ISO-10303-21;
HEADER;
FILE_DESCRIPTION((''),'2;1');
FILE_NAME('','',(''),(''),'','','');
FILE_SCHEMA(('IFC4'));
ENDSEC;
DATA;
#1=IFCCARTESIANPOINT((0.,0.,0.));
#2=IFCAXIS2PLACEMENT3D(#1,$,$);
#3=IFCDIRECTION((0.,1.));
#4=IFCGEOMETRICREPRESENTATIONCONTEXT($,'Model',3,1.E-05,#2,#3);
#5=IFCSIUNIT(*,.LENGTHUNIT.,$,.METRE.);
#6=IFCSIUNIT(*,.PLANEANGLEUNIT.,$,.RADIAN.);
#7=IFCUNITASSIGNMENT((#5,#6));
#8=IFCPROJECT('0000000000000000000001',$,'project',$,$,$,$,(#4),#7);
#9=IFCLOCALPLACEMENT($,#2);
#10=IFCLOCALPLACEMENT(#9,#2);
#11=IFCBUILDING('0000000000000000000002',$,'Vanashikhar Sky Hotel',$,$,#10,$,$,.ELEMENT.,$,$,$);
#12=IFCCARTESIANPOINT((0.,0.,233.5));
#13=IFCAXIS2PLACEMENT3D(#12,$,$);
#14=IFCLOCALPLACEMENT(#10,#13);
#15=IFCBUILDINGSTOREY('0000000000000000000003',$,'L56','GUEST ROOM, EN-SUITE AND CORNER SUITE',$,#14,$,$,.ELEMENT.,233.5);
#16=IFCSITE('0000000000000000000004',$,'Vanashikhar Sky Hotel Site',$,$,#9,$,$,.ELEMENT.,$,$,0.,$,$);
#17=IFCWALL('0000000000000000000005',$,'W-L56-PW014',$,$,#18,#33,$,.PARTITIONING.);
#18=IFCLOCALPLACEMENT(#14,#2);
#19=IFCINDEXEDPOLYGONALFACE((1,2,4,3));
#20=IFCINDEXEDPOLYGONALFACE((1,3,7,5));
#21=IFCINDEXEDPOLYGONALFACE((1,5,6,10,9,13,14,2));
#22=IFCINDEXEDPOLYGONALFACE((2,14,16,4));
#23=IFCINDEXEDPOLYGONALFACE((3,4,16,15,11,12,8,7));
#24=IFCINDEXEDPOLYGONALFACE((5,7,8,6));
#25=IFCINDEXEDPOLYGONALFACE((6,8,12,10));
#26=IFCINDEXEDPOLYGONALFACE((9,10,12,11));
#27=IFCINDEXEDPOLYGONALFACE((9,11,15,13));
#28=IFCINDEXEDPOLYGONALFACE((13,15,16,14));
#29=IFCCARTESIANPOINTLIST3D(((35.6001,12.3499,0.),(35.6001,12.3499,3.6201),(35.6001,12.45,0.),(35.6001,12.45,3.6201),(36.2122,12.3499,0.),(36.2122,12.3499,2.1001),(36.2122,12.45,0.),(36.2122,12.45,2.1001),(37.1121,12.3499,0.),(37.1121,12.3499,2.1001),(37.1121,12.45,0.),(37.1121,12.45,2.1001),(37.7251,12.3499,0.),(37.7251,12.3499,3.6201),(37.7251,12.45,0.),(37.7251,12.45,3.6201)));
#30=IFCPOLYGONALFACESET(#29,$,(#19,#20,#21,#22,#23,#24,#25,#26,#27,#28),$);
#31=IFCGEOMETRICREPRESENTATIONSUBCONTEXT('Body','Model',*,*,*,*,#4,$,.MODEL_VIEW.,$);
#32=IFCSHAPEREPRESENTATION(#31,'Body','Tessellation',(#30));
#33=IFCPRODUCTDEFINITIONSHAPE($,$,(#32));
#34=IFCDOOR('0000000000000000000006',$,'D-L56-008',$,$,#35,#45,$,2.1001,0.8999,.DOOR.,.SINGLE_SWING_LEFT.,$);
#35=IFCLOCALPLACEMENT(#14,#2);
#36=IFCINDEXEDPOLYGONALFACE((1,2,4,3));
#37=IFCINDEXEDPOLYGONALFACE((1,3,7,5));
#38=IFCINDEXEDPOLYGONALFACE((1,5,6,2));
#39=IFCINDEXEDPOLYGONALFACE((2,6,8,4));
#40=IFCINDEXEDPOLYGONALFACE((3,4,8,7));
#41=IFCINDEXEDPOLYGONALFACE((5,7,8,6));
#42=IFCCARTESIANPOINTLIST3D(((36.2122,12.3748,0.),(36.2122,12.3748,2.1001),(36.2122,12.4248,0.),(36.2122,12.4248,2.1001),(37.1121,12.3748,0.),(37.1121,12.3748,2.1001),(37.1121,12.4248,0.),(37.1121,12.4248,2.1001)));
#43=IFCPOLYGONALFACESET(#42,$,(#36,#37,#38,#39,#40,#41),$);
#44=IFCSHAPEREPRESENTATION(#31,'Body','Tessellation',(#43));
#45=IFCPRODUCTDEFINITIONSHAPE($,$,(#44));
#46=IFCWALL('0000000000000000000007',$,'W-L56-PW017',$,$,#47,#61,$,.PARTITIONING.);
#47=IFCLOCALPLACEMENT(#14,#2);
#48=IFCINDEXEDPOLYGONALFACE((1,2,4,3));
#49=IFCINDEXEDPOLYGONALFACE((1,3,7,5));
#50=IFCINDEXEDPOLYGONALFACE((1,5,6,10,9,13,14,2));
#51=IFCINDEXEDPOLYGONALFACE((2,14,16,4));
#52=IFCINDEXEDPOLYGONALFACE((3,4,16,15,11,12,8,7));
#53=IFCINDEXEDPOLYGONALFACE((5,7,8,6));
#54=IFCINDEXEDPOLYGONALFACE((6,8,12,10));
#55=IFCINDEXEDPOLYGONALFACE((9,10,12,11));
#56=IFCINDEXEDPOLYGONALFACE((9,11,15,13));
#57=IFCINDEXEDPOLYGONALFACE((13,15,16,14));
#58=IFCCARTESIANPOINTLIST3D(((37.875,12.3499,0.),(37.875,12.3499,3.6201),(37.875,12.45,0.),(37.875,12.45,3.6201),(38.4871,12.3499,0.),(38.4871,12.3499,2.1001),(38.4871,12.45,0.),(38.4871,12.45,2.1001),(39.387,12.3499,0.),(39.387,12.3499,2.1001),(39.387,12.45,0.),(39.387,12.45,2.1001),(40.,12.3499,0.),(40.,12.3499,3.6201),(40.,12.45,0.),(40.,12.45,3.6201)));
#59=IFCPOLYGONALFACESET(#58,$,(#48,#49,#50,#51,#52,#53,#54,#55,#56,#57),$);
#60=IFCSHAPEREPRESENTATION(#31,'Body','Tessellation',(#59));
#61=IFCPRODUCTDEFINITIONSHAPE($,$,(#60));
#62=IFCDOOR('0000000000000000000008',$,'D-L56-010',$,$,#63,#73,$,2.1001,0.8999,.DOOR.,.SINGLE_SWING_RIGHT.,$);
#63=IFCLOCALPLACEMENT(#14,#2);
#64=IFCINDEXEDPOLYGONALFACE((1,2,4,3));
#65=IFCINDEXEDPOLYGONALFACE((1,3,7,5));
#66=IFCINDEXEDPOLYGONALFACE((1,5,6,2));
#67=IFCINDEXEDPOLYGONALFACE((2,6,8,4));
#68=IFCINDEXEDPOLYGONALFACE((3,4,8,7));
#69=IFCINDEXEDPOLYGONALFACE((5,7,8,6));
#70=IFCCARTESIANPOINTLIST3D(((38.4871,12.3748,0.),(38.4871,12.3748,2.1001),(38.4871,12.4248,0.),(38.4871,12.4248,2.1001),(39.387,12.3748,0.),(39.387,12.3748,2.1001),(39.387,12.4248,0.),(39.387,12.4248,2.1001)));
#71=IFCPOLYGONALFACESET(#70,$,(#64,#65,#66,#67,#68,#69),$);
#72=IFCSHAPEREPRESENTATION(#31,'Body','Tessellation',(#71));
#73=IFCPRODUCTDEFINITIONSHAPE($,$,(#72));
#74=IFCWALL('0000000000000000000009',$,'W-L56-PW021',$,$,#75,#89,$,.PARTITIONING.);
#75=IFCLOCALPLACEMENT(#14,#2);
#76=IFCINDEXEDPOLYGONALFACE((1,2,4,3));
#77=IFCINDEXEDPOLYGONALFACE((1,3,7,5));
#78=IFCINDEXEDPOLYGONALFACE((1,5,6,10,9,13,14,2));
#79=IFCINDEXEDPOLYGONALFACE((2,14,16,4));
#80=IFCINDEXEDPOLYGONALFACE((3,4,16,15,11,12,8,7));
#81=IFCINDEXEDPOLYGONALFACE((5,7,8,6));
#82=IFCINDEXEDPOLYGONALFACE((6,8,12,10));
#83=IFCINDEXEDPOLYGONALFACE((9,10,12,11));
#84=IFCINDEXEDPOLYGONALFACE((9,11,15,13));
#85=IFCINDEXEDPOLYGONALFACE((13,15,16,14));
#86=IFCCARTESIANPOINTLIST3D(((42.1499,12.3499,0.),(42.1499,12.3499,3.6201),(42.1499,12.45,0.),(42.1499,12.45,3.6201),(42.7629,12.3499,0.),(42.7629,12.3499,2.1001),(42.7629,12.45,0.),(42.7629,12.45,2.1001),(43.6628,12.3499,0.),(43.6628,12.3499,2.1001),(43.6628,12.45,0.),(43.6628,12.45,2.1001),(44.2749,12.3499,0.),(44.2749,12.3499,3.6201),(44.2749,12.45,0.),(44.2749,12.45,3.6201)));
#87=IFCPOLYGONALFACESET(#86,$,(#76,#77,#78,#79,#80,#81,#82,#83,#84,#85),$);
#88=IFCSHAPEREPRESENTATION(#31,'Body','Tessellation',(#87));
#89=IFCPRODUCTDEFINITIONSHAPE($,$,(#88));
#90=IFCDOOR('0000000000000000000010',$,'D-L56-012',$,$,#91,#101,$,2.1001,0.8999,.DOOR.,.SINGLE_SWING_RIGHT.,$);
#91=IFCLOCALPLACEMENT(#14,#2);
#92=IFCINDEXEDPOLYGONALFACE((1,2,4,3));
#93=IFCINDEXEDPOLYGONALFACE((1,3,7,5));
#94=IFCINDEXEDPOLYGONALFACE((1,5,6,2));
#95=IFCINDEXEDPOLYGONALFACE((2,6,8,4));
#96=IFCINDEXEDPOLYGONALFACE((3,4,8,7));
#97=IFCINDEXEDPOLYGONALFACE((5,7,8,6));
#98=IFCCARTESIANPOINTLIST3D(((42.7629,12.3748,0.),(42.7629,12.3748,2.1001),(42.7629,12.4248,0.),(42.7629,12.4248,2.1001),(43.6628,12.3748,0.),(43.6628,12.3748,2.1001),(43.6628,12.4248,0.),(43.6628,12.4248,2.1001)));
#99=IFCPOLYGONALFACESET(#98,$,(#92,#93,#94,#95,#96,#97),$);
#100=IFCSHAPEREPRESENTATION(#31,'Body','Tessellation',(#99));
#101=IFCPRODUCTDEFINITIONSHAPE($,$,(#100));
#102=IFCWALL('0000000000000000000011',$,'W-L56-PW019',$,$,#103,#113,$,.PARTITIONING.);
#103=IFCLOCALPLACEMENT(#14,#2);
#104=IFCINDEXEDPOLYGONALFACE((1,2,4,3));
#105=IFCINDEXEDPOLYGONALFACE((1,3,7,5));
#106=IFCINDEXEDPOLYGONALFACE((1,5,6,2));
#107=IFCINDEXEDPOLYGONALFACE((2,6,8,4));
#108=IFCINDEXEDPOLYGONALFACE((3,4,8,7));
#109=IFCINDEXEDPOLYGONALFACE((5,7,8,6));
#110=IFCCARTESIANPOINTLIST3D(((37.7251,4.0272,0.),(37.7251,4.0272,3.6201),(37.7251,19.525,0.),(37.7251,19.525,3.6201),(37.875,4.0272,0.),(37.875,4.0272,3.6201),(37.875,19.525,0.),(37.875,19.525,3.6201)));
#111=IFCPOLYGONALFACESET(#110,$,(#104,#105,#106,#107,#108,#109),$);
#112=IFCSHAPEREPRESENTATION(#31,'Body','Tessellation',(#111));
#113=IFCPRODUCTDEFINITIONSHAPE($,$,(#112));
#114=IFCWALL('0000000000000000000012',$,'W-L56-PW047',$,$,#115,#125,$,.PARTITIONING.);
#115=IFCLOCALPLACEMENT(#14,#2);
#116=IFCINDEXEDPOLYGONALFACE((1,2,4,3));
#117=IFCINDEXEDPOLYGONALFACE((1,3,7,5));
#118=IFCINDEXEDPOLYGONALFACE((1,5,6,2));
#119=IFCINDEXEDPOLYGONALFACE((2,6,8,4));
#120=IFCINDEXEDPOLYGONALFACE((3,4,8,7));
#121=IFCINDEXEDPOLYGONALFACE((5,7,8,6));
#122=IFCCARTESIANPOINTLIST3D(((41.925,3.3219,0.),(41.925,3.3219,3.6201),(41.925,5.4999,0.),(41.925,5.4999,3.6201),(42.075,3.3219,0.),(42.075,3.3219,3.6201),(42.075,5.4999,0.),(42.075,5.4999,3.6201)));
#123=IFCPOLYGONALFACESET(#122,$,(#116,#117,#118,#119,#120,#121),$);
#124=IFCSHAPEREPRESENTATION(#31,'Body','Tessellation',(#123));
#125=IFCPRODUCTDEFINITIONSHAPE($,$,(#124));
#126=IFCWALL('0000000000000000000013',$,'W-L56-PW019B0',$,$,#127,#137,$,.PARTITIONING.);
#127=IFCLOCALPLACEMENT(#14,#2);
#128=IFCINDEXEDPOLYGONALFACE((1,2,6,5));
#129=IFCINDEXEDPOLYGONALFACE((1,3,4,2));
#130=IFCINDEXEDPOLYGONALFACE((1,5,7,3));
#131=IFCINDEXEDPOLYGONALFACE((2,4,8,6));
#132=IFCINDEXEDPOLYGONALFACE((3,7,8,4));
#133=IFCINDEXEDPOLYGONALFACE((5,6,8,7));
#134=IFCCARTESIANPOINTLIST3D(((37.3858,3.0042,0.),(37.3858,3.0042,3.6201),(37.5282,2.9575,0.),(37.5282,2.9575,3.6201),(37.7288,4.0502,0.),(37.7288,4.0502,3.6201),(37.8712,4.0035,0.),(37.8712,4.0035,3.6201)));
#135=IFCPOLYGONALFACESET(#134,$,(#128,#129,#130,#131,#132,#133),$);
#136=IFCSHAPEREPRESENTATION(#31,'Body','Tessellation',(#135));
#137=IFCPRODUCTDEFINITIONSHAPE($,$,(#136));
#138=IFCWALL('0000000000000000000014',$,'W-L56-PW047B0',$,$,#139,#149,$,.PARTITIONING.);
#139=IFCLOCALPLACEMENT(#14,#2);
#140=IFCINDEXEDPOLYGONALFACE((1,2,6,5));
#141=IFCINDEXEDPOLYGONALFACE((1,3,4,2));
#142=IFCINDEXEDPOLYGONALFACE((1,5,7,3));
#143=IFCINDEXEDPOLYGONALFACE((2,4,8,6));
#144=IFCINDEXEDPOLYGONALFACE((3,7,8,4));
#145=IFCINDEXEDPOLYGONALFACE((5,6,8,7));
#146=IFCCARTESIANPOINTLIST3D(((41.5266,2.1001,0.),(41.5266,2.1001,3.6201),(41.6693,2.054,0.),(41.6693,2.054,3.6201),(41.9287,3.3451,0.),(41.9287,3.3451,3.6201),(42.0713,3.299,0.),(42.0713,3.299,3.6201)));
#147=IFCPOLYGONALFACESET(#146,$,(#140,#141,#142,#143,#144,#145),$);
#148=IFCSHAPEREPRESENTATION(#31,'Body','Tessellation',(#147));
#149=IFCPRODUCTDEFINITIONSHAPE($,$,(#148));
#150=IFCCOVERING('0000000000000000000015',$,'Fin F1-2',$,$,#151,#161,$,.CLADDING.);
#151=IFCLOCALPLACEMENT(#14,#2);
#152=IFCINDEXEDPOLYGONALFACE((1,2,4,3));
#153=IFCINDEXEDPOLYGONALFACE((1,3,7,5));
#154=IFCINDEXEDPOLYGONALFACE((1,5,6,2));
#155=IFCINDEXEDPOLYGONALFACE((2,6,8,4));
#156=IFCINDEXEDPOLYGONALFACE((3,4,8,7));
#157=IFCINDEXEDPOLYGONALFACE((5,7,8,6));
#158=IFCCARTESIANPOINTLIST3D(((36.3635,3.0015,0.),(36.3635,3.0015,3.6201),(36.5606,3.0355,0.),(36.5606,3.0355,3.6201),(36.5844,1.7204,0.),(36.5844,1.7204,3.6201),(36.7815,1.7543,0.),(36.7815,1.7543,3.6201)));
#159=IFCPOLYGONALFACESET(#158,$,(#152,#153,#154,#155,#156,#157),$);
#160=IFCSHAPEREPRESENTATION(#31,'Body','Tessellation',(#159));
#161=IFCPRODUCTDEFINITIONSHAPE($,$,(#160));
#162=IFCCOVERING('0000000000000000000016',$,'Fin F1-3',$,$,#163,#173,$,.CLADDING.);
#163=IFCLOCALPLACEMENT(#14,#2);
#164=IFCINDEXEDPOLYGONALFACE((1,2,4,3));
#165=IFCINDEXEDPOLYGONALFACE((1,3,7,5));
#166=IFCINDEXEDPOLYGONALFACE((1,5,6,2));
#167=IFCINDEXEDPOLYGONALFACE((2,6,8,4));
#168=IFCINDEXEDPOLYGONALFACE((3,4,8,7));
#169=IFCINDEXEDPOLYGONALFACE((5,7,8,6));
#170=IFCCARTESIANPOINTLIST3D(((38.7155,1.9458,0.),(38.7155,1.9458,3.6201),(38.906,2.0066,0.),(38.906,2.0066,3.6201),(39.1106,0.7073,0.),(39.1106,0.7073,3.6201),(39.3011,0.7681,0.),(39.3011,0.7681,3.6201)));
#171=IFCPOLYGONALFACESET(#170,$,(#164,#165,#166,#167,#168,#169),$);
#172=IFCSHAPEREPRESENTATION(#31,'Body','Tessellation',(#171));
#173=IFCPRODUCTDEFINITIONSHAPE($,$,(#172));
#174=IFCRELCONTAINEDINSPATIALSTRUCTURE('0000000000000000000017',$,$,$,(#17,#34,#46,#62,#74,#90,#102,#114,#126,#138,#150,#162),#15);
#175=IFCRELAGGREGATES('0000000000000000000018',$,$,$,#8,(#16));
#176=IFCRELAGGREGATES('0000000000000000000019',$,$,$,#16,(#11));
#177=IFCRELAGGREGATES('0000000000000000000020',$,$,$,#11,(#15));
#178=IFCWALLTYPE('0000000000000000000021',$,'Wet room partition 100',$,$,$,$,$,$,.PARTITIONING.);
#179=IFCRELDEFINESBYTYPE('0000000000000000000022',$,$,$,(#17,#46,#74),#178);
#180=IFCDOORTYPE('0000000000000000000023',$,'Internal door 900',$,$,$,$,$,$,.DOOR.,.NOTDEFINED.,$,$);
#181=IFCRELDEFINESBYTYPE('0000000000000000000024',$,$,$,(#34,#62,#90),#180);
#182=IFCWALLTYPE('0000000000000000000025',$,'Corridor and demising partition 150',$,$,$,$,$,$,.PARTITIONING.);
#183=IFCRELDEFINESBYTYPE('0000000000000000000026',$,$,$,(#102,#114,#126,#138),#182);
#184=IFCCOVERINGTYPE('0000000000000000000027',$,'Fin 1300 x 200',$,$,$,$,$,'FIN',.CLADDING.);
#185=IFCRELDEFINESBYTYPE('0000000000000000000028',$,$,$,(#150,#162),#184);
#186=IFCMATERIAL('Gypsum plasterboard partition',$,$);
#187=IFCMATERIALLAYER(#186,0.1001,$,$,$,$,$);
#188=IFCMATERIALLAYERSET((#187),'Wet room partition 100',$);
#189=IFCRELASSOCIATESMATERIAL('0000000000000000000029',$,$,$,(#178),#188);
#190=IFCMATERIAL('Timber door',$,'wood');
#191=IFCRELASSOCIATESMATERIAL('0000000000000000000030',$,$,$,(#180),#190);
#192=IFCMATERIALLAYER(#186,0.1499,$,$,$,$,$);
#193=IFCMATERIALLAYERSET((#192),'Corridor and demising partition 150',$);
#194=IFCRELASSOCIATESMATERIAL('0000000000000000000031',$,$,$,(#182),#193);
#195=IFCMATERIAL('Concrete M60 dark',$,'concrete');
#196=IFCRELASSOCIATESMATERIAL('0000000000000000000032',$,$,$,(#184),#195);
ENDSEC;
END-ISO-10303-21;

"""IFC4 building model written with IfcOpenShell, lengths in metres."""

from ifc_helpers import new_model, si_unit, direction, frame, frame_2d, origin, origin_2d, place, context, subcontext, project, spatial, rectangle, extrude, source, transform, mapped, material, layer, layer_set, material_profile, profile_set, type_object, element, fill, save


model = new_model("IFC4")

# Units and contexts
model_context = context("Model", 3, precision=1e-05, world=origin(), true_north=direction((0.0, 1.0)))
body_context = subcontext(model_context, "Body", "Model", "MODEL_VIEW")
ifc_project = project(units=[si_unit("LENGTHUNIT", "METRE"), si_unit("PLANEANGLEUNIT", "RADIAN")], contexts=[model_context])

# Site, building, storey
site_placement = place(None, origin())
site = spatial("IfcSite", under=ifc_project, at=site_placement, Name="Vanashikhar Sky Hotel Site", CompositionType="ELEMENT", RefElevation=0.0)
building_placement = place(site_placement, origin())
building = spatial("IfcBuilding", under=site, at=building_placement, Name="Vanashikhar Sky Hotel", CompositionType="ELEMENT")
storey_placement = place(building_placement, frame((0.0, 0.0, 233.5)))
storey = spatial("IfcBuildingStorey", under=building, at=storey_placement, Name="L56", Description="GUEST ROOM, EN-SUITE AND CORNER SUITE", CompositionType="ELEMENT", Elevation=233.5)

# Shared definitions
ifc_material_1 = material(Name="Gypsum plasterboard partition")
ifc_layer_1 = layer(ifc_material_1, 0.1001)
ifc_layer_set_1 = layer_set([ifc_layer_1], Name="Wet room partition 100")
wall_type_1 = type_object("IfcWallType", Name="Wet room partition 100", PredefinedType="PARTITIONING", material=ifc_layer_set_1)

# Walls, openings, doors
shared_shape_1 = source(origin(), body_context, "Body", "SweptSolid", [
    extrude(rectangle(XDim=2.125, YDim=0.1001, at=frame_2d((1.0625, 0.0))), origin(), (0.0, 0.0, 1.0), 3.6201),
])
wall_1_placement = place(storey_placement, frame((35.6001, 12.3999, 0.0), z_axis=(0.0, 0.0, 1.0), x_axis=(1.0, 0.0, 0.0)))
wall_1 = element("IfcWall", 1, at=wall_1_placement, inside=storey, type_object=wall_type_1, Name="W-L56-PW014", PredefinedType="PARTITIONING", context=body_context, shape_type="MappedRepresentation", body=[
    mapped(shared_shape_1, transform((0.0, 0.0, 0.0), scale=1.0)),
])
shared_shape_2 = source(origin(), body_context, "Body", "SweptSolid", [
    extrude(rectangle(XDim=0.8999, YDim=2.1001, at=frame_2d((0.45, 1.05))), frame((0.0, 0.0601, 0.0), z_axis=(0.0, -1.0, 0.0), x_axis=(1.0, 0.0, 0.0)), (0.0, 0.0, 1.0), 0.1201),
])
opening_1_placement = place(wall_1_placement, frame((0.6121, 0.0, 0.0)))
opening_1 = element("IfcOpeningElement", 2, at=opening_1_placement, cuts=wall_1, PredefinedType="OPENING", context=body_context, shape_type="MappedRepresentation", body=[
    mapped(shared_shape_2, transform((0.0, 0.0, 0.0), scale=1.0)),
])
ifc_material_2 = material(Name="Timber door", Category="wood")
door_type = type_object("IfcDoorType", Name="Internal door 900", OperationType="NOTDEFINED", PredefinedType="DOOR", material=ifc_material_2)
shared_shape_3 = source(origin(), body_context, "Body", "SweptSolid", [
    extrude(rectangle(XDim=0.8999, YDim=2.1001, at=frame_2d((0.45, 1.05))), frame((0.0, 0.0249, 0.0), z_axis=(0.0, -1.0, 0.0), x_axis=(1.0, 0.0, 0.0)), (0.0, 0.0, 1.0), 0.05),
])
door_1_placement = place(opening_1_placement, origin())
door_1 = element("IfcDoor", 3, at=door_1_placement, inside=storey, type_object=door_type, Name="D-L56-008", OperationType="SINGLE_SWING_LEFT", OverallHeight=2.1001, OverallWidth=0.8999, PredefinedType="DOOR", context=body_context, shape_type="MappedRepresentation", body=[
    mapped(shared_shape_3, transform((0.0, 0.0, 0.0), scale=1.0)),
])
fill(opening_1, door_1)
wall_2_placement = place(storey_placement, frame((37.875, 12.3999, 0.0), z_axis=(0.0, 0.0, 1.0), x_axis=(1.0, 0.0, 0.0)))
wall_2 = element("IfcWall", 4, at=wall_2_placement, inside=storey, type_object=wall_type_1, Name="W-L56-PW017", PredefinedType="PARTITIONING", context=body_context, shape_type="MappedRepresentation", body=[
    mapped(shared_shape_1, transform((0.0, 0.0, 0.0), scale=1.0)),
])
opening_2_placement = place(wall_2_placement, frame((0.6121, 0.0, 0.0)))
opening_2 = element("IfcOpeningElement", 5, at=opening_2_placement, cuts=wall_2, PredefinedType="OPENING", context=body_context, shape_type="MappedRepresentation", body=[
    mapped(shared_shape_2, transform((0.0, 0.0, 0.0), scale=1.0)),
])
door_2_placement = place(opening_2_placement, origin())
door_2 = element("IfcDoor", 6, at=door_2_placement, inside=storey, type_object=door_type, Name="D-L56-010", OperationType="SINGLE_SWING_RIGHT", OverallHeight=2.1001, OverallWidth=0.8999, PredefinedType="DOOR", context=body_context, shape_type="MappedRepresentation", body=[
    mapped(shared_shape_3, transform((0.0, 0.0, 0.0), scale=1.0)),
])
fill(opening_2, door_2)
wall_3_placement = place(storey_placement, frame((42.1499, 12.3999, 0.0), z_axis=(0.0, 0.0, 1.0), x_axis=(1.0, 0.0, 0.0)))
wall_3 = element("IfcWall", 7, at=wall_3_placement, inside=storey, type_object=wall_type_1, Name="W-L56-PW021", PredefinedType="PARTITIONING", context=body_context, shape_type="MappedRepresentation", body=[
    mapped(shared_shape_1, transform((0.0, 0.0, 0.0), scale=1.0)),
])
opening_3_placement = place(wall_3_placement, frame((0.613, 0.0, 0.0)))
opening_3 = element("IfcOpeningElement", 8, at=opening_3_placement, cuts=wall_3, PredefinedType="OPENING", context=body_context, shape_type="MappedRepresentation", body=[
    mapped(shared_shape_2, transform((0.0, 0.0, 0.0), scale=1.0)),
])
door_3_placement = place(opening_3_placement, origin())
door_3 = element("IfcDoor", 9, at=door_3_placement, inside=storey, type_object=door_type, Name="D-L56-012", OperationType="SINGLE_SWING_RIGHT", OverallHeight=2.1001, OverallWidth=0.8999, PredefinedType="DOOR", context=body_context, shape_type="MappedRepresentation", body=[
    mapped(shared_shape_3, transform((0.0, 0.0, 0.0), scale=1.0)),
])
fill(opening_3, door_3)

# Walls
ifc_layer_2 = layer(ifc_material_1, 0.1499)
ifc_layer_set_2 = layer_set([ifc_layer_2], Name="Corridor and demising partition 150")
wall_type_2 = type_object("IfcWallType", Name="Corridor and demising partition 150", PredefinedType="PARTITIONING", material=ifc_layer_set_2)
shared_shape_4 = source(origin(), body_context, "Body", "SweptSolid", [
    extrude(rectangle(XDim=15.4978, YDim=0.1499, at=frame_2d((7.749, 0.0))), origin(), (0.0, 0.0, 1.0), 3.6201),
])
wall_4_placement = place(storey_placement, frame((37.8, 4.0271, 0.0), z_axis=(0.0, 0.0, 1.0), x_axis=(0.0, 1.0, 0.0)))
element("IfcWall", 10, at=wall_4_placement, inside=storey, type_object=wall_type_2, Name="W-L56-PW019", PredefinedType="PARTITIONING", context=body_context, shape_type="MappedRepresentation", body=[
    mapped(shared_shape_4, transform((0.0, 0.0, 0.0), scale=1.0)),
])
shared_shape_5 = source(origin(), body_context, "Body", "SweptSolid", [
    extrude(rectangle(XDim=2.178, YDim=0.1499, at=frame_2d((1.0889, 0.0))), origin(), (0.0, 0.0, 1.0), 3.6201),
])
wall_5_placement = place(storey_placement, frame((42.0, 3.322, 0.0), z_axis=(0.0, 0.0, 1.0), x_axis=(0.0, 1.0, 0.0)))
element("IfcWall", 11, at=wall_5_placement, inside=storey, type_object=wall_type_2, Name="W-L56-PW047", PredefinedType="PARTITIONING", context=body_context, shape_type="MappedRepresentation", body=[
    mapped(shared_shape_5, transform((0.0, 0.0, 0.0), scale=1.0)),
])
shared_shape_6 = source(origin(), body_context, "Body", "SweptSolid", [
    extrude(rectangle(XDim=1.1008, YDim=0.1499, at=frame_2d((0.5503, 0.0))), origin(), (0.0, 0.0, 1.0), 3.6201),
])
wall_6_placement = place(storey_placement, frame((37.457, 2.981, 0.0), z_axis=(0.0, 0.0, 1.0), x_axis=(0.311567, 0.950224, 0.0)))
element("IfcWall", 12, at=wall_6_placement, inside=storey, type_object=wall_type_2, Name="W-L56-PW019B0", PredefinedType="PARTITIONING", context=body_context, shape_type="MappedRepresentation", body=[
    mapped(shared_shape_6, transform((0.0, 0.0, 0.0), scale=1.0)),
])
shared_shape_7 = source(origin(), body_context, "Body", "SweptSolid", [
    extrude(rectangle(XDim=1.3083, YDim=0.1499, at=frame_2d((0.6543, 0.0))), origin(), (0.0, 0.0, 1.0), 3.6201),
])
wall_7_placement = place(storey_placement, frame((41.5979, 2.0769, 0.0), z_axis=(0.0, 0.0, 1.0), x_axis=(0.307314, 0.951608, 0.0)))
element("IfcWall", 13, at=wall_7_placement, inside=storey, type_object=wall_type_2, Name="W-L56-PW047B0", PredefinedType="PARTITIONING", context=body_context, shape_type="MappedRepresentation", body=[
    mapped(shared_shape_7, transform((0.0, 0.0, 0.0), scale=1.0)),
])

# Coverings
ifc_material_3 = material(Name="Concrete M60 dark", Category="concrete")
ifc_material_profile = material_profile(ifc_material_3, rectangle(XDim=1.3, YDim=0.2, at=origin_2d()))
ifc_profile_set = profile_set([ifc_material_profile], Name="Fin 1300 x 200")
covering_type = type_object("IfcCoveringType", Name="Fin 1300 x 200", ElementType="FIN", PredefinedType="CLADDING", material=ifc_profile_set)
shared_shape_8 = source(origin(), body_context, "Body", "SweptSolid", [
    extrude(rectangle(XDim=1.3, YDim=0.2, at=origin_2d()), origin(), (0.0, 0.0, 1.0), 3.6201),
])
for number, where, z_axis, x_axis, name in (
    (14, (36.5725, 2.3779, 0.0), (0.0, 0.0, 1.0), (0.1699, -0.985461, 0.0), "Fin F1-2"),
    (15, (39.0083, 1.3569, 0.0), (0.0, 0.0, 1.0), (0.303967, -0.952683, 0.0), "Fin F1-3"),
):
    element("IfcCovering", number, at=place(storey_placement, frame(where, z_axis=z_axis, x_axis=x_axis)), inside=storey, type_object=covering_type, Name=name, PredefinedType="CLADDING", context=body_context, shape_type="MappedRepresentation", body=[
        mapped(shared_shape_8, transform((0.0, 0.0, 0.0), scale=1.0)),
    ])

save(model, "model.ifc")
